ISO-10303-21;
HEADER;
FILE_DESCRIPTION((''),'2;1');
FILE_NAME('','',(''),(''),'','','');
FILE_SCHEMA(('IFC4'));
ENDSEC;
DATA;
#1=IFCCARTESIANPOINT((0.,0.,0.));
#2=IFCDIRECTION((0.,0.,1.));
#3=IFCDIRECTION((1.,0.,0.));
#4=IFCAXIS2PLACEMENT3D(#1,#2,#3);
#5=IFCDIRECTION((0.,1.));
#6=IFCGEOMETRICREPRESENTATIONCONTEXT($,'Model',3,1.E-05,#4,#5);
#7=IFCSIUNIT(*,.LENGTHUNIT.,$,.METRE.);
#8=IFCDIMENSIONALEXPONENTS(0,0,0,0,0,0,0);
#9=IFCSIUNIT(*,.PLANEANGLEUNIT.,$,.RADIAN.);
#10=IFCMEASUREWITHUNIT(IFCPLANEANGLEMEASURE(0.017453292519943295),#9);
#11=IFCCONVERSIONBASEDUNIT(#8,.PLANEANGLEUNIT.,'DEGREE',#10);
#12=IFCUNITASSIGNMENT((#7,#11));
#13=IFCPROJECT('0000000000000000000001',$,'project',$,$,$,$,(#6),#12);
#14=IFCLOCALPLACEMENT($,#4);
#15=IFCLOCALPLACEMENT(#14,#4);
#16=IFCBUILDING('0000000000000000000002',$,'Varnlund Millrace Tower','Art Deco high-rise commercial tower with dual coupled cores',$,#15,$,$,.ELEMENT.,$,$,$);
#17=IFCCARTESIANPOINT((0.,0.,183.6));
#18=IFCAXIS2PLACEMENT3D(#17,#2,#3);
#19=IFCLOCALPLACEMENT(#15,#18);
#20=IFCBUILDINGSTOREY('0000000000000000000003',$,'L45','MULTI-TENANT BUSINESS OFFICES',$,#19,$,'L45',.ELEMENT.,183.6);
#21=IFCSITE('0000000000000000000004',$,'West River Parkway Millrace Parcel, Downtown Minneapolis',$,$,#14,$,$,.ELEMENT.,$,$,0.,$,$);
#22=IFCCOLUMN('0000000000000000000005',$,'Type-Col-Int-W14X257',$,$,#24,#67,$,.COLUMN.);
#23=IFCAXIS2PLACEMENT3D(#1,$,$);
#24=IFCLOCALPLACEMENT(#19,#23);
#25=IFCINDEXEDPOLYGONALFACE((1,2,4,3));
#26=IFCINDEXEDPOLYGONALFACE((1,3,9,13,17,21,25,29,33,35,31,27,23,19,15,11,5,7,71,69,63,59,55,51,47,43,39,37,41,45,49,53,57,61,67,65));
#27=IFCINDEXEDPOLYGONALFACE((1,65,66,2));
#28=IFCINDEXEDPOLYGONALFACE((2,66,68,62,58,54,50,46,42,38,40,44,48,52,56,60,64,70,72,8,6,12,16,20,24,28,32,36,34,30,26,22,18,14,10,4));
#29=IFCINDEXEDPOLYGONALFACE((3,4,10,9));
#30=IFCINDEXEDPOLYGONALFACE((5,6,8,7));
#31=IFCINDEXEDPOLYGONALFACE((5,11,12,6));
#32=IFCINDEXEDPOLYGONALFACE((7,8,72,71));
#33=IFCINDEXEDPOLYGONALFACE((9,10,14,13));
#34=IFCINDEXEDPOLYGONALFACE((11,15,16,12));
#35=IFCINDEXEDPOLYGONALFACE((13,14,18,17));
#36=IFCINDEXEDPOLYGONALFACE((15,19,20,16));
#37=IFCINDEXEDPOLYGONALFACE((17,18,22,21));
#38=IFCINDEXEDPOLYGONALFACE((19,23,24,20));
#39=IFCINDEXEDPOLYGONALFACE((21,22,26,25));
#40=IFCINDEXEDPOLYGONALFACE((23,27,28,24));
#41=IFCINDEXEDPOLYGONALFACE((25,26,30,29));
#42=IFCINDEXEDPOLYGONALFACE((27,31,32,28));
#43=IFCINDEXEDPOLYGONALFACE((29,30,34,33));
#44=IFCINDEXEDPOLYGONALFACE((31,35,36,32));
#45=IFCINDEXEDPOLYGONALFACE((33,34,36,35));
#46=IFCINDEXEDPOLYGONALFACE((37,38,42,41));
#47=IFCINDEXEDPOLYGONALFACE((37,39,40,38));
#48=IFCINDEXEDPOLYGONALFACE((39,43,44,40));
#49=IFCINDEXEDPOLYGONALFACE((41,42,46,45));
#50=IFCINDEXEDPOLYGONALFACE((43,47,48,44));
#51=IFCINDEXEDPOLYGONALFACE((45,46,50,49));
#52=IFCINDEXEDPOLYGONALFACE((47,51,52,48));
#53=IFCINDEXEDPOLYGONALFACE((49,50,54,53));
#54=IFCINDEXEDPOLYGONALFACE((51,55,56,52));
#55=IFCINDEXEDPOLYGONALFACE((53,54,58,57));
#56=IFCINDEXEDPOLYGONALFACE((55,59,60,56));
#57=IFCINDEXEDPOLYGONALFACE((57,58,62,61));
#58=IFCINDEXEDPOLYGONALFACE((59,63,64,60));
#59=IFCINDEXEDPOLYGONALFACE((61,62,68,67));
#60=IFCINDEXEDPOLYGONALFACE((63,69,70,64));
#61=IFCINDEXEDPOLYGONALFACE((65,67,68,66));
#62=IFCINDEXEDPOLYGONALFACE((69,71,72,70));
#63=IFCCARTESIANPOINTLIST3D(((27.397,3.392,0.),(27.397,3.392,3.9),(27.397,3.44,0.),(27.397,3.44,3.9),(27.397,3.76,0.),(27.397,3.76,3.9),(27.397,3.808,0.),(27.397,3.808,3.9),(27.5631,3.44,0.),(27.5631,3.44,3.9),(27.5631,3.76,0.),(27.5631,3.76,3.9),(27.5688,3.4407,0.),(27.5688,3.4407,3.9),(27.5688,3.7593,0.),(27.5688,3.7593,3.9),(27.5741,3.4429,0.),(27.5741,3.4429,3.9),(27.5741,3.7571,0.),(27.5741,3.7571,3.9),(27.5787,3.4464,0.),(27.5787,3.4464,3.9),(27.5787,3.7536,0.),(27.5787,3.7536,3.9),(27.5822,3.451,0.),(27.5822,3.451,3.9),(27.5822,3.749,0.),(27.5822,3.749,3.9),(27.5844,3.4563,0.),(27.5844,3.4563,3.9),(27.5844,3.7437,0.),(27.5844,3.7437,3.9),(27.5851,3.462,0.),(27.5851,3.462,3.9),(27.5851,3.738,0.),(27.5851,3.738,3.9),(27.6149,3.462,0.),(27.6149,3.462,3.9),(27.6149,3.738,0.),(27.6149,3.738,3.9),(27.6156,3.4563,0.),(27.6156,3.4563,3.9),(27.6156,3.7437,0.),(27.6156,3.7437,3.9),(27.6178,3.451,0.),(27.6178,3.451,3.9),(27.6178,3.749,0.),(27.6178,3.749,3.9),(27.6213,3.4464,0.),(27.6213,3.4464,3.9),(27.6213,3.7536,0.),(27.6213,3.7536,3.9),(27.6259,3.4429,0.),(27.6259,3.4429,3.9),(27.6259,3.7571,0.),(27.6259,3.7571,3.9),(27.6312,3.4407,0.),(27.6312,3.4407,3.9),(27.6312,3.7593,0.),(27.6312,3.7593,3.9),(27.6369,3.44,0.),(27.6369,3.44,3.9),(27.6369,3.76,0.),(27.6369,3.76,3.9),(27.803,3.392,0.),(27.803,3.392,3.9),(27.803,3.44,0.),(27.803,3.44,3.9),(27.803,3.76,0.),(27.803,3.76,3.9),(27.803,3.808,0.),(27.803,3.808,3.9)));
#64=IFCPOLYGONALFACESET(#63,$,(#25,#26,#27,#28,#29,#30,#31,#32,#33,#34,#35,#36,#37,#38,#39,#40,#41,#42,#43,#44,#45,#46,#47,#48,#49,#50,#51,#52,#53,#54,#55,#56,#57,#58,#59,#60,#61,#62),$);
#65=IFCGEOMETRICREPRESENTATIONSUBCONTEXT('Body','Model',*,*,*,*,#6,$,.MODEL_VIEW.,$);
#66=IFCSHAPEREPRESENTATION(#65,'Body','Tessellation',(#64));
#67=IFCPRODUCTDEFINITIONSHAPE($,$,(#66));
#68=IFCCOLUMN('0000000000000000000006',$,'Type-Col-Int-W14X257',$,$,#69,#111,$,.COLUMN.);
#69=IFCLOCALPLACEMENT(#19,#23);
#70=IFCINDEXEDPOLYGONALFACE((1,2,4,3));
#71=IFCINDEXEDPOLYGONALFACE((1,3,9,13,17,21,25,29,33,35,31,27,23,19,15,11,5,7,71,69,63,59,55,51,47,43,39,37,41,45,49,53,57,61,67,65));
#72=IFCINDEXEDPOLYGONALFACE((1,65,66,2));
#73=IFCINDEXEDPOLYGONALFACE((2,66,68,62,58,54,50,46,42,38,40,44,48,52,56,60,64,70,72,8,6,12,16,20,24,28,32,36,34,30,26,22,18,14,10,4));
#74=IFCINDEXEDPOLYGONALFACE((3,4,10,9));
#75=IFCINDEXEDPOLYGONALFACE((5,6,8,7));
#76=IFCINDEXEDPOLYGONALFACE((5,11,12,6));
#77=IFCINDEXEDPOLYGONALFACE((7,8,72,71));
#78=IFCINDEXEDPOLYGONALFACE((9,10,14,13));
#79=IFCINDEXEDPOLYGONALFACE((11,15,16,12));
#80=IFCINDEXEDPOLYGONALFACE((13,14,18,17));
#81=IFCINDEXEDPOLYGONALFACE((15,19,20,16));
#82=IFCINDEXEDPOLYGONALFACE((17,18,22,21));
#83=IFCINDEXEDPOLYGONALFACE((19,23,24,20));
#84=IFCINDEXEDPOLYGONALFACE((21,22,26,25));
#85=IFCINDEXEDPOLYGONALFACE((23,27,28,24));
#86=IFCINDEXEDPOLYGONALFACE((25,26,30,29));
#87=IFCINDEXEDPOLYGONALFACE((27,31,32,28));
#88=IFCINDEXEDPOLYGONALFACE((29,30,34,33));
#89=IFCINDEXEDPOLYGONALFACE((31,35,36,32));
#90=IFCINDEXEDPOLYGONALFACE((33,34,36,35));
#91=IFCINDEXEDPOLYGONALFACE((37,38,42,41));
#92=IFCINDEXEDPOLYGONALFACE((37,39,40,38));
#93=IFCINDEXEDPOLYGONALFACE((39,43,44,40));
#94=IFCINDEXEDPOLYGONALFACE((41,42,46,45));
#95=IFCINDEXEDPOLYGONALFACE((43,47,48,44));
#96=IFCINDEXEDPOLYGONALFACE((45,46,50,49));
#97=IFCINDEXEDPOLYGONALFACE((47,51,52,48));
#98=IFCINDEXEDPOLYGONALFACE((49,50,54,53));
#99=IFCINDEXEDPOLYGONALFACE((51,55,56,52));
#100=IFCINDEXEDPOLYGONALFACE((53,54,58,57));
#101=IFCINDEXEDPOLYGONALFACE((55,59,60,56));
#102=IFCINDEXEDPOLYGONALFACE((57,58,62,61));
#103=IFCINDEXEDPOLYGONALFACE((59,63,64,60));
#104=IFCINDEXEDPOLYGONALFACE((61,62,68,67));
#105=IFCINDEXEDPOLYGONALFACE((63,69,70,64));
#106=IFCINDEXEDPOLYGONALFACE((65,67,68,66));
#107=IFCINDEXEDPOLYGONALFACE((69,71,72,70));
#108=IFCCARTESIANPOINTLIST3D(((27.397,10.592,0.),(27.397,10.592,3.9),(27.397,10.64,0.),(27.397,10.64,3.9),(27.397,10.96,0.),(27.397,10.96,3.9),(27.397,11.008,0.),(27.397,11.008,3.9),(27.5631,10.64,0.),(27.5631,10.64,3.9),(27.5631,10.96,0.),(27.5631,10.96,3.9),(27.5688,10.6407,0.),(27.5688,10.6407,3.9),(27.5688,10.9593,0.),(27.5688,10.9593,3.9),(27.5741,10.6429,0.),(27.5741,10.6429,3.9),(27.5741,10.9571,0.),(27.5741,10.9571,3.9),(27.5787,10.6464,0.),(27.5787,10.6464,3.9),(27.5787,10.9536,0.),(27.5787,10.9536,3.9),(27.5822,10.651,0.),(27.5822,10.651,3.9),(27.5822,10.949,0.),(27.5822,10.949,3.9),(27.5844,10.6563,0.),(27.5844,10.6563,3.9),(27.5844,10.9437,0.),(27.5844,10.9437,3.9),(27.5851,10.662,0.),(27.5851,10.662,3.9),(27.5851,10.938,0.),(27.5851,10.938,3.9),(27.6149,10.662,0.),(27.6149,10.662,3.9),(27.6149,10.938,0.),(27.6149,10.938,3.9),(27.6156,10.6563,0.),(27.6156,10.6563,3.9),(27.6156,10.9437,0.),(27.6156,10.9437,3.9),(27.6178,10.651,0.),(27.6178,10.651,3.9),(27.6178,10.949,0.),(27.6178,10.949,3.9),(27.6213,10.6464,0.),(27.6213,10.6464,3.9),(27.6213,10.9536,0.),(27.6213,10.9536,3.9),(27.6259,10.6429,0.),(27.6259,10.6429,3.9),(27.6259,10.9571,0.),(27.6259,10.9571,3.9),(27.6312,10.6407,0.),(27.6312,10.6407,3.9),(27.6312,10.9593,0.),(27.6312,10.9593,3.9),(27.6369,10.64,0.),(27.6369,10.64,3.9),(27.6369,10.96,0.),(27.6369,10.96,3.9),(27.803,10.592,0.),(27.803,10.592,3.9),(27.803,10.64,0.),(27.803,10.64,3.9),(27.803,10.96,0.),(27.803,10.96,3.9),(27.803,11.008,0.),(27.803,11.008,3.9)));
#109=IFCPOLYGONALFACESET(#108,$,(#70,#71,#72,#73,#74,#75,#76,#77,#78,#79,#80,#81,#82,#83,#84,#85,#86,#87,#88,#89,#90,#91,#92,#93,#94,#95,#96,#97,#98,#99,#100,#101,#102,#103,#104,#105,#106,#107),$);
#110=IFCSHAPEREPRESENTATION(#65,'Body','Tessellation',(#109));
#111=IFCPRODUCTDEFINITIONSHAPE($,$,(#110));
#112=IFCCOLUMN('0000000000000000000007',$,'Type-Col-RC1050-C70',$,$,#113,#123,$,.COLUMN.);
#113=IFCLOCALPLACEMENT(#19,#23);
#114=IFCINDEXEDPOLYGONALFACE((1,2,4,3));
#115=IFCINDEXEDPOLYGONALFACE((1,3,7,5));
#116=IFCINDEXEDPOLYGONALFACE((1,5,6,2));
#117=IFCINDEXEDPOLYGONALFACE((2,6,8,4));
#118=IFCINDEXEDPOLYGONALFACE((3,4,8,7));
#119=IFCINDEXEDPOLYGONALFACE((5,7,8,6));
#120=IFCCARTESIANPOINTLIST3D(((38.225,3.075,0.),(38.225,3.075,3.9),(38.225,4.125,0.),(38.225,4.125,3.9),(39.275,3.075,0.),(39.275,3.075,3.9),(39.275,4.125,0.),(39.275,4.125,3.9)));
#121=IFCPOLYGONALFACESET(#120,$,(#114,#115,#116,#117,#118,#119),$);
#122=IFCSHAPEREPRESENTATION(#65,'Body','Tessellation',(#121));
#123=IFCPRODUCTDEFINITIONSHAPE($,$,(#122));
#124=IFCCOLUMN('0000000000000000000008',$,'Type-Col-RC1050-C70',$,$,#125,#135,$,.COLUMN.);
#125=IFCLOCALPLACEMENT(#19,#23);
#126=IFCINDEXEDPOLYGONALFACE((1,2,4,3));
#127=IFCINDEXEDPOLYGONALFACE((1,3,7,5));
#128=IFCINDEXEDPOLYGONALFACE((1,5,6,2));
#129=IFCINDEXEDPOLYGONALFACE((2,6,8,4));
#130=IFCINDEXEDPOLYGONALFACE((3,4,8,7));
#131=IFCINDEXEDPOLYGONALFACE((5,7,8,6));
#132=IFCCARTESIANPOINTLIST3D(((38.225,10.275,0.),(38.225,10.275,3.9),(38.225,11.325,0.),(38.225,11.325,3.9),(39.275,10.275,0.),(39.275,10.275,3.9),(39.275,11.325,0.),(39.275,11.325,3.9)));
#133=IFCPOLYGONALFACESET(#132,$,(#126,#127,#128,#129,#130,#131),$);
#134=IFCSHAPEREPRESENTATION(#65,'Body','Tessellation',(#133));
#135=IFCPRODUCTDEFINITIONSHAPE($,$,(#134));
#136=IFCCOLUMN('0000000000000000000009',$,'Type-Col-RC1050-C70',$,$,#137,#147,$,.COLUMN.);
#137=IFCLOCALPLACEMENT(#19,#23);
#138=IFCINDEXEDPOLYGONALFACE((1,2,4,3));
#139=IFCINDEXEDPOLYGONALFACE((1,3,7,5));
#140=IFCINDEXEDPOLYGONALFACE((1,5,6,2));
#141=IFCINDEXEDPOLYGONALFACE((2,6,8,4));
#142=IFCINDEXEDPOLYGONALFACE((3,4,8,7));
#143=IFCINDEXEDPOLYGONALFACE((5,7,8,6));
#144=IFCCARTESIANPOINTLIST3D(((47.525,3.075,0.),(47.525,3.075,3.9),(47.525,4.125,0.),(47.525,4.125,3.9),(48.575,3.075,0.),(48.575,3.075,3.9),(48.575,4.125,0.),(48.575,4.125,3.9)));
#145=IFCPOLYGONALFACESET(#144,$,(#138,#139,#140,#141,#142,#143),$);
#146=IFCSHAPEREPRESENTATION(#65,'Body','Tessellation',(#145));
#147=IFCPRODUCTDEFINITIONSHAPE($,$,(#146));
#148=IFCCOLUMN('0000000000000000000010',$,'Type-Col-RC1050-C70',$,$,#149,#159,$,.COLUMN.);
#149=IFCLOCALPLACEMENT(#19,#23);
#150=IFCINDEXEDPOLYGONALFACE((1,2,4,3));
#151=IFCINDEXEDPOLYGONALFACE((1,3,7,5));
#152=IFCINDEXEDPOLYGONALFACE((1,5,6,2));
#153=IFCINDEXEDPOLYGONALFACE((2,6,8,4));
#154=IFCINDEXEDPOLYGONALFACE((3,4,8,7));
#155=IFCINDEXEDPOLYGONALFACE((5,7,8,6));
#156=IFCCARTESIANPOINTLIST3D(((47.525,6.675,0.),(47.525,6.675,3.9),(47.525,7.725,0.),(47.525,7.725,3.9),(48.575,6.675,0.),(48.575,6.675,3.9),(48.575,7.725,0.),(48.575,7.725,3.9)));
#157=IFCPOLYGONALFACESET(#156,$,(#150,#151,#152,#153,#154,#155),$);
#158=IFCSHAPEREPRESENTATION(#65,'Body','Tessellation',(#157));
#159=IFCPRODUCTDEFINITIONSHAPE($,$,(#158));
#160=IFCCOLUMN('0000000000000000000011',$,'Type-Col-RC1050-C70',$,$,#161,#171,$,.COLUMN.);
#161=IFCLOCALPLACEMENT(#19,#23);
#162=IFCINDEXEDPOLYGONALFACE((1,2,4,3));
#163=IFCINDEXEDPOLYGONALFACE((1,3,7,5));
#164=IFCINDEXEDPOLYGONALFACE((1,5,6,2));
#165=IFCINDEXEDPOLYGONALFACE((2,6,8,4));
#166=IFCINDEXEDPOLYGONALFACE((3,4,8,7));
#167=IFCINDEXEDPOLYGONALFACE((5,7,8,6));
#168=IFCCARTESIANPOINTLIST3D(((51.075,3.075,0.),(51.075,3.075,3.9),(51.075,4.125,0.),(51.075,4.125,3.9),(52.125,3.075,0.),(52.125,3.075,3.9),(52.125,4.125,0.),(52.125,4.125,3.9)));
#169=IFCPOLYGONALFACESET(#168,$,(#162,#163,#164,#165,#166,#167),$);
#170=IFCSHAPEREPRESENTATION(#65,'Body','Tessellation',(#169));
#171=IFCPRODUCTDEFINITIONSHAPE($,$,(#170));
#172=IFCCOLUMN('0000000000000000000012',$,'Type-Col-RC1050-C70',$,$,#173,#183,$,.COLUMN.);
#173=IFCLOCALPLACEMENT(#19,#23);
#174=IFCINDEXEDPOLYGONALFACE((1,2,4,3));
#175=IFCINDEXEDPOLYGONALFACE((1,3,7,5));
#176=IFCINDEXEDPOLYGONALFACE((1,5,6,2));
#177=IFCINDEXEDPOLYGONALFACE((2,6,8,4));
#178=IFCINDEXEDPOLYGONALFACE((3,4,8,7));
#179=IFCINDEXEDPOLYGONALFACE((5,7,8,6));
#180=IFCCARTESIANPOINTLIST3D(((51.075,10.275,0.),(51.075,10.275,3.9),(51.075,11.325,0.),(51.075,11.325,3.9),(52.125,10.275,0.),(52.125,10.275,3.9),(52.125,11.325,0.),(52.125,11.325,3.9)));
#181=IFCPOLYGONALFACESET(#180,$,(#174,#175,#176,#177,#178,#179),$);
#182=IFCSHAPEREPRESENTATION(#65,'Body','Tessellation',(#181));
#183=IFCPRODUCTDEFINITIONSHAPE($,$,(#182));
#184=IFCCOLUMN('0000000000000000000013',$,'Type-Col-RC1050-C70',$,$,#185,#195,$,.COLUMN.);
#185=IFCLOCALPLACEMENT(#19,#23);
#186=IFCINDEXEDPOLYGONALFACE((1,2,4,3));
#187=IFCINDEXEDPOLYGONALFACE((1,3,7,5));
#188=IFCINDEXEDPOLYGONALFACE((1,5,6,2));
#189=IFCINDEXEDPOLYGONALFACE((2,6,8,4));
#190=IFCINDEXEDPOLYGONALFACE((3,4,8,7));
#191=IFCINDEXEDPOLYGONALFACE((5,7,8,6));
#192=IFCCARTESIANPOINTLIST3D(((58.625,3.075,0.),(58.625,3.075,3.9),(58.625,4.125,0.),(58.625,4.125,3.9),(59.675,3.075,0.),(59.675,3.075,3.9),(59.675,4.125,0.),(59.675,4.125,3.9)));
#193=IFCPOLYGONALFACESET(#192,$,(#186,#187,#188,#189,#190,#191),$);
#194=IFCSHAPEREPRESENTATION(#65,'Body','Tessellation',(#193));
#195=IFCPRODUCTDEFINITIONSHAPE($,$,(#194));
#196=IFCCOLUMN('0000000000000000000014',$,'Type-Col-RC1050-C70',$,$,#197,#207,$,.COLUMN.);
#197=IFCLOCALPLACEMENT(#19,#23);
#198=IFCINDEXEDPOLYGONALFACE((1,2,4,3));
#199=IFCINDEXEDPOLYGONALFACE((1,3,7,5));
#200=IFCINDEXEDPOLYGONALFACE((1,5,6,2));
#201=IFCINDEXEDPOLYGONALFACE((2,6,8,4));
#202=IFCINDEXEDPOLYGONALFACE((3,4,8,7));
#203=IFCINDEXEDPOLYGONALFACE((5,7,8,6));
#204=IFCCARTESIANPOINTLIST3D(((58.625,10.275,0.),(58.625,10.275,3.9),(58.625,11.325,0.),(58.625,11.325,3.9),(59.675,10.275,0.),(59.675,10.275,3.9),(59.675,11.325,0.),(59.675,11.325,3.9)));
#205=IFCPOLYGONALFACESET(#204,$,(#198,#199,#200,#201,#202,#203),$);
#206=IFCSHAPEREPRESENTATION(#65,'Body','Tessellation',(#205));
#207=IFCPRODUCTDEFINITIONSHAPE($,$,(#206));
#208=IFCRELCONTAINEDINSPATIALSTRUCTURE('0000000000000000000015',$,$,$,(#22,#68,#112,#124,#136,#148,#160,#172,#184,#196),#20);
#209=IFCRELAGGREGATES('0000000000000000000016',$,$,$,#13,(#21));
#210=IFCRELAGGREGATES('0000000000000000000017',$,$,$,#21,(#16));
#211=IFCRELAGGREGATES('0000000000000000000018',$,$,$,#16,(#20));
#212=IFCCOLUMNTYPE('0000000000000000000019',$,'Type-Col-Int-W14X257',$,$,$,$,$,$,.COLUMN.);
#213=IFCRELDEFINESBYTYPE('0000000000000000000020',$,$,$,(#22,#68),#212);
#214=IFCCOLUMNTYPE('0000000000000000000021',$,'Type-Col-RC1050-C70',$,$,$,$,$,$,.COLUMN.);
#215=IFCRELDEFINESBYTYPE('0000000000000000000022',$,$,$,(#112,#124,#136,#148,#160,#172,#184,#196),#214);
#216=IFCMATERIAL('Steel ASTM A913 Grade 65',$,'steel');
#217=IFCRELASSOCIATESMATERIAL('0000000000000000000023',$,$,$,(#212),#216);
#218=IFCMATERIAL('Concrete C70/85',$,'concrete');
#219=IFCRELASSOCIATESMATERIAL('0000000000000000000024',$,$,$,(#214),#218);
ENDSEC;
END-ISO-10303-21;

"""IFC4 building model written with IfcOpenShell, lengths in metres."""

from ifc_helpers import new_model, entity, si_unit, converted_unit, direction, frame, origin_with_axes, origin_2d_with_axis, place, context, subcontext, project, spatial, rectangle, i_section, extrude, material, material_profile, profile_set, type_object, element, save


model = new_model("IFC4")

# Units and contexts
model_context = context("Model", 3, precision=1e-05, world=origin_with_axes(), true_north=direction((0.0, 1.0)))
body_context = subcontext(model_context, "Body", "Model", "MODEL_VIEW")
ifc_project = project(units=[si_unit("LENGTHUNIT", "METRE"), converted_unit("PLANEANGLEUNIT", "DEGREE", entity("IfcPlaneAngleMeasure", 0.017453292519943295), si_unit("PLANEANGLEUNIT", "RADIAN"), dimensions=[0, 0, 0, 0, 0, 0, 0])], contexts=[model_context])

# Site, building, storey
site_placement = place(None, origin_with_axes())
site = spatial("IfcSite", under=ifc_project, at=site_placement, Name="West River Parkway Millrace Parcel, Downtown Minneapolis", CompositionType="ELEMENT", RefElevation=0.0)
building_placement = place(site_placement, origin_with_axes())
building = spatial("IfcBuilding", under=site, at=building_placement, Name="Varnlund Millrace Tower", Description="Art Deco high-rise commercial tower with dual coupled cores", CompositionType="ELEMENT")
storey_placement = place(building_placement, frame((0.0, 0.0, 183.6), z_axis=(0.0, 0.0, 1.0), x_axis=(1.0, 0.0, 0.0)))
storey = spatial("IfcBuildingStorey", under=building, at=storey_placement, Name="L45", Description="MULTI-TENANT BUSINESS OFFICES", LongName="L45", CompositionType="ELEMENT", Elevation=183.6)

# Columns
ifc_material_1 = material(Name="Steel ASTM A913 Grade 65", Category="steel")
ifc_material_profile_1 = material_profile(ifc_material_1, i_section(OverallWidth=0.406, OverallDepth=0.416, WebThickness=0.0298, FlangeThickness=0.048, FilletRadius=0.022, at=origin_2d_with_axis()), Name="Steel ASTM A913 Grade 65")
ifc_profile_set_1 = profile_set([ifc_material_profile_1], Name="Steel ASTM A913 Grade 65")
column_type_1 = type_object("IfcColumnType", Name="Type-Col-Int-W14X257", PredefinedType="COLUMN", material=ifc_profile_set_1)
for number, where, z_axis, x_axis, name in (
    (1, (27.6, 3.6, 0.0), (0.0, 0.0, 1.0), (1.0, 0.0, 0.0), "Type-Col-Int-W14X257"),
    (2, (27.6, 10.8, 0.0), (0.0, 0.0, 1.0), (1.0, 0.0, 0.0), "Type-Col-Int-W14X257"),
):
    element("IfcColumn", number, at=place(storey_placement, frame(where, z_axis=z_axis, x_axis=x_axis)), inside=storey, type_object=column_type_1, Name=name, PredefinedType="COLUMN", context=body_context, shape_type="SweptSolid", body=[
        extrude(i_section(OverallWidth=0.406, OverallDepth=0.416, WebThickness=0.0298, FlangeThickness=0.048, FilletRadius=0.022, at=origin_2d_with_axis()), origin_with_axes(), (0.0, 0.0, 1.0), 3.9),
    ])
ifc_material_2 = material(Name="Concrete C70/85", Category="concrete")
ifc_material_profile_2 = material_profile(ifc_material_2, rectangle(XDim=1.05, YDim=1.05, at=origin_2d_with_axis()), Name="Concrete C70/85")
ifc_profile_set_2 = profile_set([ifc_material_profile_2], Name="Concrete C70/85")
column_type_2 = type_object("IfcColumnType", Name="Type-Col-RC1050-C70", PredefinedType="COLUMN", material=ifc_profile_set_2)
for number, where, z_axis, x_axis, name in (
    (3, (38.75, 3.6, 0.0), (0.0, 0.0, 1.0), (1.0, 0.0, 0.0), "Type-Col-RC1050-C70"),
    (4, (38.75, 10.8, 0.0), (0.0, 0.0, 1.0), (1.0, 0.0, 0.0), "Type-Col-RC1050-C70"),
    (5, (48.05, 3.6, 0.0), (0.0, 0.0, 1.0), (1.0, 0.0, 0.0), "Type-Col-RC1050-C70"),
    (6, (48.05, 7.2, 0.0), (0.0, 0.0, 1.0), (1.0, 0.0, 0.0), "Type-Col-RC1050-C70"),
    (7, (51.6, 3.6, 0.0), (0.0, 0.0, 1.0), (1.0, 0.0, 0.0), "Type-Col-RC1050-C70"),
    (8, (51.6, 10.8, 0.0), (0.0, 0.0, 1.0), (1.0, 0.0, 0.0), "Type-Col-RC1050-C70"),
    (9, (59.15, 3.6, 0.0), (0.0, 0.0, 1.0), (1.0, 0.0, 0.0), "Type-Col-RC1050-C70"),
    (10, (59.15, 10.8, 0.0), (0.0, 0.0, 1.0), (1.0, 0.0, 0.0), "Type-Col-RC1050-C70"),
):
    element("IfcColumn", number, at=place(storey_placement, frame(where, z_axis=z_axis, x_axis=x_axis)), inside=storey, type_object=column_type_2, Name=name, PredefinedType="COLUMN", context=body_context, shape_type="SweptSolid", body=[
        extrude(rectangle(XDim=1.05, YDim=1.05, at=origin_2d_with_axis()), origin_with_axes(), (0.0, 0.0, 1.0), 3.9),
    ])

save(model, "model.ifc")
